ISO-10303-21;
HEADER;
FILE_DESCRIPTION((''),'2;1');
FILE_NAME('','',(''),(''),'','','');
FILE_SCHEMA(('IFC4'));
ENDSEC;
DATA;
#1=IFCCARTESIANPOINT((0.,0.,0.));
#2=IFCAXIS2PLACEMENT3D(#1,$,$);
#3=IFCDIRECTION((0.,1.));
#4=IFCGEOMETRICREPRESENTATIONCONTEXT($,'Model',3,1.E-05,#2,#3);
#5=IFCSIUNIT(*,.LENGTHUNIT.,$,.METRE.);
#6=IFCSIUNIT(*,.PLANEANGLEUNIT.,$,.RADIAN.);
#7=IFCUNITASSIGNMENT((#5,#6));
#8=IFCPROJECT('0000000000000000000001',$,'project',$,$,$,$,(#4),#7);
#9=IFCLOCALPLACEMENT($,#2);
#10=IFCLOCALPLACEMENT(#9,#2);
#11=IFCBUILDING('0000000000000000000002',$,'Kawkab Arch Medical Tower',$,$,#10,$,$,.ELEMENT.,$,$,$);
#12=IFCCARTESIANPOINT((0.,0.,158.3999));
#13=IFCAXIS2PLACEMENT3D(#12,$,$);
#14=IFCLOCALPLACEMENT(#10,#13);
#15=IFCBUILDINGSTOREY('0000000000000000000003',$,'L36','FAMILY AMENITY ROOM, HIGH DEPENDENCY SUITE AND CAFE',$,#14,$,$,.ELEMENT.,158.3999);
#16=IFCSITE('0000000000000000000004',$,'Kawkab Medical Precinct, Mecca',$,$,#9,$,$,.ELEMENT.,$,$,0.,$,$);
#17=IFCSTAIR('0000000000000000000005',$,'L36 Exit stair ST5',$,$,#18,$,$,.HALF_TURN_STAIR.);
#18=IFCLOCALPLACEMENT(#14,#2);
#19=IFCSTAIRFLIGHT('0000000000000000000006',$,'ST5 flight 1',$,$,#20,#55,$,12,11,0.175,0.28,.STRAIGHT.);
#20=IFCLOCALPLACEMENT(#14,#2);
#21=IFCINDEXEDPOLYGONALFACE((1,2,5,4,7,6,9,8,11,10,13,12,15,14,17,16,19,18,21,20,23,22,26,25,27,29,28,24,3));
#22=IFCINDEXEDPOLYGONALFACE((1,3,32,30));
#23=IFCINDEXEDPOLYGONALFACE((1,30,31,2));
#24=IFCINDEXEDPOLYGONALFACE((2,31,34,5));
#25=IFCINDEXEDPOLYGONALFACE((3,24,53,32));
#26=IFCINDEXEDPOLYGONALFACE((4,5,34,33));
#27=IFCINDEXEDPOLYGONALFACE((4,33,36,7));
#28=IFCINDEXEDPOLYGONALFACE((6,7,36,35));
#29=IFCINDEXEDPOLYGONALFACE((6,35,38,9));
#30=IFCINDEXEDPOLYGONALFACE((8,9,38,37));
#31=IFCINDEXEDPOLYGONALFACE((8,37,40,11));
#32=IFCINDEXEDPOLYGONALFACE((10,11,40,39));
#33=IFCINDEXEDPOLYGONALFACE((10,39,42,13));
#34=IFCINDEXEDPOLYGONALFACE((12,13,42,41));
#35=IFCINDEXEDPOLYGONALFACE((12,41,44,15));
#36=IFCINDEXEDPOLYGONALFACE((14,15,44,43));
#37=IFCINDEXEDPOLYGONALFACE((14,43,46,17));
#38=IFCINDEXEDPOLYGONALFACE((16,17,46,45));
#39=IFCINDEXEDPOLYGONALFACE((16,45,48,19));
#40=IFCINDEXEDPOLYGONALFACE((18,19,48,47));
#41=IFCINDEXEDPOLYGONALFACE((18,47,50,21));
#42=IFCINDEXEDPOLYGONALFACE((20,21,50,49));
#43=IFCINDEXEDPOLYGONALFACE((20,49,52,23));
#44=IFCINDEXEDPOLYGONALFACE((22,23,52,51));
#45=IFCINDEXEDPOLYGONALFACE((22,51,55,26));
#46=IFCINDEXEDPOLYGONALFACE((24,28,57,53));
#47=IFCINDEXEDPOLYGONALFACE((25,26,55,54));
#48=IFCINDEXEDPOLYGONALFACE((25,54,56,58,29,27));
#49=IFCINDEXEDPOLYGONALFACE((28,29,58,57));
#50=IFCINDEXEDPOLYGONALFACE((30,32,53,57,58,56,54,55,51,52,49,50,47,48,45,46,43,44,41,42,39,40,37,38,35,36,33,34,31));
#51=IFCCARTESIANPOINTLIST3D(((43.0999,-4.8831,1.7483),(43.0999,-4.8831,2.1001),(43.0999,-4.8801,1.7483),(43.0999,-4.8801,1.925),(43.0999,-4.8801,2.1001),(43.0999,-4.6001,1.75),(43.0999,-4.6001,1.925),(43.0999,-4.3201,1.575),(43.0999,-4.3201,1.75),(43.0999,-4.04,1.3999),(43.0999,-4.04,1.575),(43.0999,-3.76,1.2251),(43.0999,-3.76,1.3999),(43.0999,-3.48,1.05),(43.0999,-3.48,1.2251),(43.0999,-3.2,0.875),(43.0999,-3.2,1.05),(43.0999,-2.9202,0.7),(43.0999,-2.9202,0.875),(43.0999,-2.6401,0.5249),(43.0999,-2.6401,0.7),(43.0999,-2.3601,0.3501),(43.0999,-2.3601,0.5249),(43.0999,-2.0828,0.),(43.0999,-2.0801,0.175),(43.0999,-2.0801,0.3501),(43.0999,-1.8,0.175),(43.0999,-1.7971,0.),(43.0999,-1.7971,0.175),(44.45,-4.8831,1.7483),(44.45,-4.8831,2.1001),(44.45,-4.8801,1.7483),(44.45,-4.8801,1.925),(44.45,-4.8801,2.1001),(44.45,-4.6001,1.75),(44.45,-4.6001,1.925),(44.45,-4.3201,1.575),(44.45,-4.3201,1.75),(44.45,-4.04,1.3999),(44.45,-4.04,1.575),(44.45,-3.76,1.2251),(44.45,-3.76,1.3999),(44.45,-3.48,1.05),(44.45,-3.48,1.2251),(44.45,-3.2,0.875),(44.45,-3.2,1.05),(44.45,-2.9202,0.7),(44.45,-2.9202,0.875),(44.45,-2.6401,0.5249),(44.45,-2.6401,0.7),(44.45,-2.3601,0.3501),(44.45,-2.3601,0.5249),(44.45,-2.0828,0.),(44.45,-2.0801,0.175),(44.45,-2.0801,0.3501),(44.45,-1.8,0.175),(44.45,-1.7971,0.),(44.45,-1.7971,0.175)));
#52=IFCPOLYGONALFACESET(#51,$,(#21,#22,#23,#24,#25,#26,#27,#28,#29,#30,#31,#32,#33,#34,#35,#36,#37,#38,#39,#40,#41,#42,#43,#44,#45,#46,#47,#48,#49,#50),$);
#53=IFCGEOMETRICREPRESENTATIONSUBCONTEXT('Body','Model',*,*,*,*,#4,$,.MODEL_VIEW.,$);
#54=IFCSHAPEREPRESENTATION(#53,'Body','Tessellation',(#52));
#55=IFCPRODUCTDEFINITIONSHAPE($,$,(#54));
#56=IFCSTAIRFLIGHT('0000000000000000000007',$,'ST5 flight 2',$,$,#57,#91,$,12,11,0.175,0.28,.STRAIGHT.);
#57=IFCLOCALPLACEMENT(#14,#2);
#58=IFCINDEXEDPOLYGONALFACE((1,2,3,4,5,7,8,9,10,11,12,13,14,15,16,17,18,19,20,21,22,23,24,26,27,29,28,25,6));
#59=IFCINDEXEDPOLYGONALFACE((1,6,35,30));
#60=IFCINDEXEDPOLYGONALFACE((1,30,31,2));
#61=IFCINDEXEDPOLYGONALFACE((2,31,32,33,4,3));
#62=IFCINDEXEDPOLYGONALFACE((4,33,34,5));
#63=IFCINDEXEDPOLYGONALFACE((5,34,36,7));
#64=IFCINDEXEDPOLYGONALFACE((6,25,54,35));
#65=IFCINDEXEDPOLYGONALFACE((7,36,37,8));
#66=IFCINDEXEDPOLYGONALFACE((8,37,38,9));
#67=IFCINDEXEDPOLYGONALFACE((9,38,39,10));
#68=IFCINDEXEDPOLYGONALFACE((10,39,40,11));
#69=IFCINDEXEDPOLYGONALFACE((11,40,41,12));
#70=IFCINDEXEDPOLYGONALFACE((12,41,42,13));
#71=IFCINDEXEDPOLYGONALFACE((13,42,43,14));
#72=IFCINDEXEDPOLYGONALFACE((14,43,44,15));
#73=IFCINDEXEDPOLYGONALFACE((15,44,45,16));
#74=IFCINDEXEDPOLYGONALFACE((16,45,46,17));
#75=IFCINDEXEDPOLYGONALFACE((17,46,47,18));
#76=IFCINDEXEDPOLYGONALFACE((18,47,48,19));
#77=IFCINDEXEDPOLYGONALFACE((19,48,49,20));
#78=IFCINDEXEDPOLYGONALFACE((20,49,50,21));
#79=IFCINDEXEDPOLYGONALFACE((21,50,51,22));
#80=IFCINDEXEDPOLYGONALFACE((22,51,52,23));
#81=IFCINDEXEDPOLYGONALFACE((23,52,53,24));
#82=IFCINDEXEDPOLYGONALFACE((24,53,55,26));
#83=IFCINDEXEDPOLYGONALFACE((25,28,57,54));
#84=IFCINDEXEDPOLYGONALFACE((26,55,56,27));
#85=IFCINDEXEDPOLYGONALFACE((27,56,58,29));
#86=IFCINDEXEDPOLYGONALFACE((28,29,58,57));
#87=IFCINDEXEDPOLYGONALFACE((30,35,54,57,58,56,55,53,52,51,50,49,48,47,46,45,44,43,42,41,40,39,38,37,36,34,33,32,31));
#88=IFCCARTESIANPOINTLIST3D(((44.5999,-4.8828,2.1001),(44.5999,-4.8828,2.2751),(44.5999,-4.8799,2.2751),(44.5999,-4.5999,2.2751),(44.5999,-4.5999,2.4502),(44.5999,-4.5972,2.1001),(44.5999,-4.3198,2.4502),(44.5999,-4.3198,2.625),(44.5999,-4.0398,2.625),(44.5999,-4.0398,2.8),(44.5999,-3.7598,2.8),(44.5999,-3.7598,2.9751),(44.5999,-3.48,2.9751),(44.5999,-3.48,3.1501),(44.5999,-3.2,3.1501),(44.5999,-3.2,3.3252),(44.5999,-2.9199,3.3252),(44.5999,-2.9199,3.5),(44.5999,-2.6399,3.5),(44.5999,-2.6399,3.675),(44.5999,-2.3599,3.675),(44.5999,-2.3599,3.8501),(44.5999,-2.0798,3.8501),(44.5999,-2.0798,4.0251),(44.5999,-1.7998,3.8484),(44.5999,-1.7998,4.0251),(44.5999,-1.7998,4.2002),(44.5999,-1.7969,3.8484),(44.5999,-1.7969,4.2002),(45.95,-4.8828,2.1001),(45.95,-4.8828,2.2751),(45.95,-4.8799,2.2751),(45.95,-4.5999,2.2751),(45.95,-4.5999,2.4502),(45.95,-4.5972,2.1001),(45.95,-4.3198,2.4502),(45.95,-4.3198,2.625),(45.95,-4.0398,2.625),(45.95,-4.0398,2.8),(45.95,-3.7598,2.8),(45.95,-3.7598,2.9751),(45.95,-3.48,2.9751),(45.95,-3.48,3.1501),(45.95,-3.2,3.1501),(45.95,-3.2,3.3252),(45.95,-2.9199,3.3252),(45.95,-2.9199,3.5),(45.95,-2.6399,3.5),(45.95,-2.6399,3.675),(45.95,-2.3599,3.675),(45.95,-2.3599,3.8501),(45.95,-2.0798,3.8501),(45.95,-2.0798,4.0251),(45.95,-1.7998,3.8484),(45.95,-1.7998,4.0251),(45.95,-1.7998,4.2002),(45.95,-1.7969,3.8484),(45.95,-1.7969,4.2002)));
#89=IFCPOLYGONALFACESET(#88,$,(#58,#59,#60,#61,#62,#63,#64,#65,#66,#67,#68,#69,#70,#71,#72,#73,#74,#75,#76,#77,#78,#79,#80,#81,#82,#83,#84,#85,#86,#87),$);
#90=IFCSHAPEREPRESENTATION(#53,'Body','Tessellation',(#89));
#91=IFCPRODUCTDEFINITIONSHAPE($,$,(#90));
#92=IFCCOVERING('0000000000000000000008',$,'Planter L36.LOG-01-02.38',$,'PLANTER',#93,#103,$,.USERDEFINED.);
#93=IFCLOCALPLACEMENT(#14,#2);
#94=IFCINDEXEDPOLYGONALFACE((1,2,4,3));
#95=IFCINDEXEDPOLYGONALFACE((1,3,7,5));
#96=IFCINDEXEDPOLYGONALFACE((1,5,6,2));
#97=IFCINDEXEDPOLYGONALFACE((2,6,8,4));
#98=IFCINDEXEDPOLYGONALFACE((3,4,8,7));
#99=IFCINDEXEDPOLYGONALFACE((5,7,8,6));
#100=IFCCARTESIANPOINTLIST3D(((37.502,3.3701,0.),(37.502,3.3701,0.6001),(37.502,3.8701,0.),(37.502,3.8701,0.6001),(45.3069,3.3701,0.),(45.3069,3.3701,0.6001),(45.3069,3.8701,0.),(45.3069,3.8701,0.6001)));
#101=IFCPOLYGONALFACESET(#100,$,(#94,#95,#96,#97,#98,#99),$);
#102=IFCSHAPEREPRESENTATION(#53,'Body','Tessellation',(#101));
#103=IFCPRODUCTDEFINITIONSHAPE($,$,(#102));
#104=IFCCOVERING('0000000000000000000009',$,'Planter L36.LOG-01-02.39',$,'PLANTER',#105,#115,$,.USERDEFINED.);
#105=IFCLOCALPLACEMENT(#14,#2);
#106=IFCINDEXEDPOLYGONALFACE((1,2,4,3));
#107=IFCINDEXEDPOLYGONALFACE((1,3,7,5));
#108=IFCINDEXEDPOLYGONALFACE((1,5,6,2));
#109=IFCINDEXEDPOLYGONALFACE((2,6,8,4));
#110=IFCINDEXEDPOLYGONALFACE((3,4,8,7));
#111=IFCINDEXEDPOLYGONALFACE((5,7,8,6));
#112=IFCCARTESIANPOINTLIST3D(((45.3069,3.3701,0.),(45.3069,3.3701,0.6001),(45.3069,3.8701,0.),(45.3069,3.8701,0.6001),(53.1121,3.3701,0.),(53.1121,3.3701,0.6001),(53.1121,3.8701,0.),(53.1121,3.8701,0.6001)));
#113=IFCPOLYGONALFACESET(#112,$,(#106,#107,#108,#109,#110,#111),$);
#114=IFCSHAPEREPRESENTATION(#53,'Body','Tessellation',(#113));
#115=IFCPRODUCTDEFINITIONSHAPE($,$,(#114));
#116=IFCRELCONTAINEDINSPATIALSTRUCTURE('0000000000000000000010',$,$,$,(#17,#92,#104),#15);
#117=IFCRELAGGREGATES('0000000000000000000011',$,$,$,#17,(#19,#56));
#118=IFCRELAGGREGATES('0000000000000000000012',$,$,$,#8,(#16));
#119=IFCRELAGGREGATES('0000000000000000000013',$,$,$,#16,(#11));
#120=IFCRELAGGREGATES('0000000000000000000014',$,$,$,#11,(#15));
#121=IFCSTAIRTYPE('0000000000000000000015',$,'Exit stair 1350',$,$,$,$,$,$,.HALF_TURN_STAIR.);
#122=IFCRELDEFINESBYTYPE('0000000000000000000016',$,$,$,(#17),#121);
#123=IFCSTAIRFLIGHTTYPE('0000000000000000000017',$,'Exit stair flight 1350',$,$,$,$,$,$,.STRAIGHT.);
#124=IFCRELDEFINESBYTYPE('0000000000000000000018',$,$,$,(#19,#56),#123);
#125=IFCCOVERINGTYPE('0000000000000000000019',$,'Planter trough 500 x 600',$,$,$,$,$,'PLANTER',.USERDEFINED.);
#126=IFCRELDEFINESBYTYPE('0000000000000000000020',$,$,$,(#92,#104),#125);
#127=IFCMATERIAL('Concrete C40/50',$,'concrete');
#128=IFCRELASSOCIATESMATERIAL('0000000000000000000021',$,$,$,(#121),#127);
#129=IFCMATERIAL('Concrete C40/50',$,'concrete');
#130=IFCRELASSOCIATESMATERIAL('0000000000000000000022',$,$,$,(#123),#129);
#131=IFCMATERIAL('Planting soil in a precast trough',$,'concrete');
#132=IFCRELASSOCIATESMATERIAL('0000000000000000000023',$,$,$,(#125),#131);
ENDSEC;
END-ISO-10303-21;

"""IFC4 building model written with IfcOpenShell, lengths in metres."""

from ifc_helpers import new_model, si_unit, direction, frame, origin, origin_2d, place, context, subcontext, project, spatial, polyline, rectangle, outline, extrude, material, material_profile, profile_set, type_object, element, aggregate, save


model = new_model("IFC4")

# Units and contexts
model_context = context("Model", 3, precision=1e-05, world=origin(), true_north=direction((0.0, 1.0)))
body_context = subcontext(model_context, "Body", "Model", "MODEL_VIEW")
ifc_project = project(units=[si_unit("LENGTHUNIT", "METRE"), si_unit("PLANEANGLEUNIT", "RADIAN")], contexts=[model_context])

# Site, building, storey
site_placement = place(None, origin())
site = spatial("IfcSite", under=ifc_project, at=site_placement, Name="Kawkab Medical Precinct, Mecca", CompositionType="ELEMENT", RefElevation=0.0)
building_placement = place(site_placement, origin())
building = spatial("IfcBuilding", under=site, at=building_placement, Name="Kawkab Arch Medical Tower", CompositionType="ELEMENT")
storey_placement = place(building_placement, frame((0.0, 0.0, 158.3999)))
storey = spatial("IfcBuildingStorey", under=building, at=storey_placement, Name="L36", Description="FAMILY AMENITY ROOM, HIGH DEPENDENCY SUITE AND CAFE", CompositionType="ELEMENT", Elevation=158.3999)

# Shared definitions
placement = place(storey_placement, origin())

# Stair, stair flights
ifc_material_1 = material(Name="Concrete C40/50", Category="concrete")
stair_type = type_object("IfcStairType", Name="Exit stair 1350", PredefinedType="HALF_TURN_STAIR", material=ifc_material_1)
stair = element("IfcStair", 1, at=placement, inside=storey, type_object=stair_type, Name="L36 Exit stair ST5", PredefinedType="HALF_TURN_STAIR")
ifc_material_2 = material(Name="Concrete C40/50", Category="concrete")
stair_flight_type = type_object("IfcStairFlightType", Name="Exit stair flight 1350", PredefinedType="STRAIGHT", material=ifc_material_2)
stair_flight_1_placement = place(storey_placement, frame((43.7749, -1.8, 0.0), z_axis=(0.0, 0.0, 1.0), x_axis=(0.0, -1.0, 0.0)))
stair_flight_1 = element("IfcStairFlight", 2, at=stair_flight_1_placement, type_object=stair_flight_type, Name="ST5 flight 1", NumberOfRisers=12, NumberOfTreads=11, PredefinedType="STRAIGHT", RiserHeight=0.175, TreadLength=0.28, context=body_context, shape_type="SweptSolid", body=[
    extrude(outline(polyline([(-0.0029, 0.0), (-0.0029, 0.175), (0.0, 0.175), (0.28, 0.175), (0.28, 0.3501), (0.5601, 0.3501), (0.5601, 0.5249), (0.8401, 0.5249), (0.8401, 0.7), (1.1201, 0.7), (1.1201, 0.875), (1.3999, 0.875), (1.3999, 1.05), (1.6799, 1.05), (1.6799, 1.2251), (1.96, 1.2251), (1.96, 1.3999), (2.24, 1.3999), (2.24, 1.575), (2.52, 1.575), (2.52, 1.75), (2.8, 1.75), (2.8, 1.925), (3.0801, 1.925), (3.0801, 2.1001), (3.083, 2.1001), (3.083, 1.7483), (3.0801, 1.7483), (0.2827, 0.0), (-0.0029, 0.0)])), frame((0.0, 0.675, 0.0), z_axis=(0.0, -1.0, 0.0), x_axis=(1.0, 0.0, 0.0)), (0.0, 0.0, 1.0), 1.3501),
])
stair_flight_2_placement = place(storey_placement, frame((45.2749, -4.8799, 2.1001), z_axis=(0.0, 0.0, 1.0), x_axis=(0.0, 1.0, 0.0)))
stair_flight_2 = element("IfcStairFlight", 3, at=stair_flight_2_placement, type_object=stair_flight_type, Name="ST5 flight 2", NumberOfRisers=12, NumberOfTreads=11, PredefinedType="STRAIGHT", RiserHeight=0.175, TreadLength=0.28, context=body_context, shape_type="SweptSolid", body=[
    extrude(outline(polyline([(-0.0029, 0.0), (-0.0029, 0.175), (0.0, 0.175), (0.28, 0.175), (0.28, 0.3501), (0.5601, 0.3501), (0.5601, 0.5249), (0.8401, 0.5249), (0.8401, 0.7), (1.1201, 0.7), (1.1201, 0.875), (1.3999, 0.875), (1.3999, 1.05), (1.6799, 1.05), (1.6799, 1.2251), (1.96, 1.2251), (1.96, 1.3999), (2.24, 1.3999), (2.24, 1.575), (2.52, 1.575), (2.52, 1.75), (2.8, 1.75), (2.8, 1.925), (3.0801, 1.925), (3.0801, 2.1001), (3.083, 2.1001), (3.083, 1.7483), (3.0801, 1.7483), (0.2827, 0.0), (-0.0029, 0.0)])), frame((0.0, 0.675, 0.0), z_axis=(0.0, -1.0, 0.0), x_axis=(1.0, 0.0, 0.0)), (0.0, 0.0, 1.0), 1.3501),
])
aggregate(stair, [stair_flight_1, stair_flight_2])

# Coverings
ifc_material_3 = material(Name="Planting soil in a precast trough", Category="concrete")
ifc_material_profile_1 = material_profile(ifc_material_3, rectangle(XDim=0.5, YDim=0.6001, at=origin_2d()), Name="Trough 500x600")
ifc_profile_set_1 = profile_set([ifc_material_profile_1], Name="Planting soil in a precast trough")
covering_type = type_object("IfcCoveringType", Name="Planter trough 500 x 600", ElementType="PLANTER", PredefinedType="USERDEFINED", material=ifc_profile_set_1)
covering_1_placement = place(storey_placement, frame((37.502, 3.6201, 0.3), z_axis=(1.0, 0.0, 0.0), x_axis=(0.0, 1.0, 0.0)))
element("IfcCovering", 4, at=covering_1_placement, inside=storey, type_object=covering_type, Name="Planter L36.LOG-01-02.38", ObjectType="PLANTER", PredefinedType="USERDEFINED", context=body_context, shape_type="SweptSolid", body=[
    extrude(rectangle(XDim=0.5, YDim=0.6001, at=origin_2d()), origin(), (0.0, 0.0, 1.0), 7.8049),
])
covering_2_placement = place(storey_placement, frame((45.3069, 3.6201, 0.3), z_axis=(1.0, 0.0, 0.0), x_axis=(0.0, 1.0, 0.0)))
element("IfcCovering", 5, at=covering_2_placement, inside=storey, type_object=covering_type, Name="Planter L36.LOG-01-02.39", ObjectType="PLANTER", PredefinedType="USERDEFINED", context=body_context, shape_type="SweptSolid", body=[
    extrude(rectangle(XDim=0.5, YDim=0.6001, at=origin_2d()), origin(), (0.0, 0.0, 1.0), 7.8052),
])

save(model, "model.ifc")
